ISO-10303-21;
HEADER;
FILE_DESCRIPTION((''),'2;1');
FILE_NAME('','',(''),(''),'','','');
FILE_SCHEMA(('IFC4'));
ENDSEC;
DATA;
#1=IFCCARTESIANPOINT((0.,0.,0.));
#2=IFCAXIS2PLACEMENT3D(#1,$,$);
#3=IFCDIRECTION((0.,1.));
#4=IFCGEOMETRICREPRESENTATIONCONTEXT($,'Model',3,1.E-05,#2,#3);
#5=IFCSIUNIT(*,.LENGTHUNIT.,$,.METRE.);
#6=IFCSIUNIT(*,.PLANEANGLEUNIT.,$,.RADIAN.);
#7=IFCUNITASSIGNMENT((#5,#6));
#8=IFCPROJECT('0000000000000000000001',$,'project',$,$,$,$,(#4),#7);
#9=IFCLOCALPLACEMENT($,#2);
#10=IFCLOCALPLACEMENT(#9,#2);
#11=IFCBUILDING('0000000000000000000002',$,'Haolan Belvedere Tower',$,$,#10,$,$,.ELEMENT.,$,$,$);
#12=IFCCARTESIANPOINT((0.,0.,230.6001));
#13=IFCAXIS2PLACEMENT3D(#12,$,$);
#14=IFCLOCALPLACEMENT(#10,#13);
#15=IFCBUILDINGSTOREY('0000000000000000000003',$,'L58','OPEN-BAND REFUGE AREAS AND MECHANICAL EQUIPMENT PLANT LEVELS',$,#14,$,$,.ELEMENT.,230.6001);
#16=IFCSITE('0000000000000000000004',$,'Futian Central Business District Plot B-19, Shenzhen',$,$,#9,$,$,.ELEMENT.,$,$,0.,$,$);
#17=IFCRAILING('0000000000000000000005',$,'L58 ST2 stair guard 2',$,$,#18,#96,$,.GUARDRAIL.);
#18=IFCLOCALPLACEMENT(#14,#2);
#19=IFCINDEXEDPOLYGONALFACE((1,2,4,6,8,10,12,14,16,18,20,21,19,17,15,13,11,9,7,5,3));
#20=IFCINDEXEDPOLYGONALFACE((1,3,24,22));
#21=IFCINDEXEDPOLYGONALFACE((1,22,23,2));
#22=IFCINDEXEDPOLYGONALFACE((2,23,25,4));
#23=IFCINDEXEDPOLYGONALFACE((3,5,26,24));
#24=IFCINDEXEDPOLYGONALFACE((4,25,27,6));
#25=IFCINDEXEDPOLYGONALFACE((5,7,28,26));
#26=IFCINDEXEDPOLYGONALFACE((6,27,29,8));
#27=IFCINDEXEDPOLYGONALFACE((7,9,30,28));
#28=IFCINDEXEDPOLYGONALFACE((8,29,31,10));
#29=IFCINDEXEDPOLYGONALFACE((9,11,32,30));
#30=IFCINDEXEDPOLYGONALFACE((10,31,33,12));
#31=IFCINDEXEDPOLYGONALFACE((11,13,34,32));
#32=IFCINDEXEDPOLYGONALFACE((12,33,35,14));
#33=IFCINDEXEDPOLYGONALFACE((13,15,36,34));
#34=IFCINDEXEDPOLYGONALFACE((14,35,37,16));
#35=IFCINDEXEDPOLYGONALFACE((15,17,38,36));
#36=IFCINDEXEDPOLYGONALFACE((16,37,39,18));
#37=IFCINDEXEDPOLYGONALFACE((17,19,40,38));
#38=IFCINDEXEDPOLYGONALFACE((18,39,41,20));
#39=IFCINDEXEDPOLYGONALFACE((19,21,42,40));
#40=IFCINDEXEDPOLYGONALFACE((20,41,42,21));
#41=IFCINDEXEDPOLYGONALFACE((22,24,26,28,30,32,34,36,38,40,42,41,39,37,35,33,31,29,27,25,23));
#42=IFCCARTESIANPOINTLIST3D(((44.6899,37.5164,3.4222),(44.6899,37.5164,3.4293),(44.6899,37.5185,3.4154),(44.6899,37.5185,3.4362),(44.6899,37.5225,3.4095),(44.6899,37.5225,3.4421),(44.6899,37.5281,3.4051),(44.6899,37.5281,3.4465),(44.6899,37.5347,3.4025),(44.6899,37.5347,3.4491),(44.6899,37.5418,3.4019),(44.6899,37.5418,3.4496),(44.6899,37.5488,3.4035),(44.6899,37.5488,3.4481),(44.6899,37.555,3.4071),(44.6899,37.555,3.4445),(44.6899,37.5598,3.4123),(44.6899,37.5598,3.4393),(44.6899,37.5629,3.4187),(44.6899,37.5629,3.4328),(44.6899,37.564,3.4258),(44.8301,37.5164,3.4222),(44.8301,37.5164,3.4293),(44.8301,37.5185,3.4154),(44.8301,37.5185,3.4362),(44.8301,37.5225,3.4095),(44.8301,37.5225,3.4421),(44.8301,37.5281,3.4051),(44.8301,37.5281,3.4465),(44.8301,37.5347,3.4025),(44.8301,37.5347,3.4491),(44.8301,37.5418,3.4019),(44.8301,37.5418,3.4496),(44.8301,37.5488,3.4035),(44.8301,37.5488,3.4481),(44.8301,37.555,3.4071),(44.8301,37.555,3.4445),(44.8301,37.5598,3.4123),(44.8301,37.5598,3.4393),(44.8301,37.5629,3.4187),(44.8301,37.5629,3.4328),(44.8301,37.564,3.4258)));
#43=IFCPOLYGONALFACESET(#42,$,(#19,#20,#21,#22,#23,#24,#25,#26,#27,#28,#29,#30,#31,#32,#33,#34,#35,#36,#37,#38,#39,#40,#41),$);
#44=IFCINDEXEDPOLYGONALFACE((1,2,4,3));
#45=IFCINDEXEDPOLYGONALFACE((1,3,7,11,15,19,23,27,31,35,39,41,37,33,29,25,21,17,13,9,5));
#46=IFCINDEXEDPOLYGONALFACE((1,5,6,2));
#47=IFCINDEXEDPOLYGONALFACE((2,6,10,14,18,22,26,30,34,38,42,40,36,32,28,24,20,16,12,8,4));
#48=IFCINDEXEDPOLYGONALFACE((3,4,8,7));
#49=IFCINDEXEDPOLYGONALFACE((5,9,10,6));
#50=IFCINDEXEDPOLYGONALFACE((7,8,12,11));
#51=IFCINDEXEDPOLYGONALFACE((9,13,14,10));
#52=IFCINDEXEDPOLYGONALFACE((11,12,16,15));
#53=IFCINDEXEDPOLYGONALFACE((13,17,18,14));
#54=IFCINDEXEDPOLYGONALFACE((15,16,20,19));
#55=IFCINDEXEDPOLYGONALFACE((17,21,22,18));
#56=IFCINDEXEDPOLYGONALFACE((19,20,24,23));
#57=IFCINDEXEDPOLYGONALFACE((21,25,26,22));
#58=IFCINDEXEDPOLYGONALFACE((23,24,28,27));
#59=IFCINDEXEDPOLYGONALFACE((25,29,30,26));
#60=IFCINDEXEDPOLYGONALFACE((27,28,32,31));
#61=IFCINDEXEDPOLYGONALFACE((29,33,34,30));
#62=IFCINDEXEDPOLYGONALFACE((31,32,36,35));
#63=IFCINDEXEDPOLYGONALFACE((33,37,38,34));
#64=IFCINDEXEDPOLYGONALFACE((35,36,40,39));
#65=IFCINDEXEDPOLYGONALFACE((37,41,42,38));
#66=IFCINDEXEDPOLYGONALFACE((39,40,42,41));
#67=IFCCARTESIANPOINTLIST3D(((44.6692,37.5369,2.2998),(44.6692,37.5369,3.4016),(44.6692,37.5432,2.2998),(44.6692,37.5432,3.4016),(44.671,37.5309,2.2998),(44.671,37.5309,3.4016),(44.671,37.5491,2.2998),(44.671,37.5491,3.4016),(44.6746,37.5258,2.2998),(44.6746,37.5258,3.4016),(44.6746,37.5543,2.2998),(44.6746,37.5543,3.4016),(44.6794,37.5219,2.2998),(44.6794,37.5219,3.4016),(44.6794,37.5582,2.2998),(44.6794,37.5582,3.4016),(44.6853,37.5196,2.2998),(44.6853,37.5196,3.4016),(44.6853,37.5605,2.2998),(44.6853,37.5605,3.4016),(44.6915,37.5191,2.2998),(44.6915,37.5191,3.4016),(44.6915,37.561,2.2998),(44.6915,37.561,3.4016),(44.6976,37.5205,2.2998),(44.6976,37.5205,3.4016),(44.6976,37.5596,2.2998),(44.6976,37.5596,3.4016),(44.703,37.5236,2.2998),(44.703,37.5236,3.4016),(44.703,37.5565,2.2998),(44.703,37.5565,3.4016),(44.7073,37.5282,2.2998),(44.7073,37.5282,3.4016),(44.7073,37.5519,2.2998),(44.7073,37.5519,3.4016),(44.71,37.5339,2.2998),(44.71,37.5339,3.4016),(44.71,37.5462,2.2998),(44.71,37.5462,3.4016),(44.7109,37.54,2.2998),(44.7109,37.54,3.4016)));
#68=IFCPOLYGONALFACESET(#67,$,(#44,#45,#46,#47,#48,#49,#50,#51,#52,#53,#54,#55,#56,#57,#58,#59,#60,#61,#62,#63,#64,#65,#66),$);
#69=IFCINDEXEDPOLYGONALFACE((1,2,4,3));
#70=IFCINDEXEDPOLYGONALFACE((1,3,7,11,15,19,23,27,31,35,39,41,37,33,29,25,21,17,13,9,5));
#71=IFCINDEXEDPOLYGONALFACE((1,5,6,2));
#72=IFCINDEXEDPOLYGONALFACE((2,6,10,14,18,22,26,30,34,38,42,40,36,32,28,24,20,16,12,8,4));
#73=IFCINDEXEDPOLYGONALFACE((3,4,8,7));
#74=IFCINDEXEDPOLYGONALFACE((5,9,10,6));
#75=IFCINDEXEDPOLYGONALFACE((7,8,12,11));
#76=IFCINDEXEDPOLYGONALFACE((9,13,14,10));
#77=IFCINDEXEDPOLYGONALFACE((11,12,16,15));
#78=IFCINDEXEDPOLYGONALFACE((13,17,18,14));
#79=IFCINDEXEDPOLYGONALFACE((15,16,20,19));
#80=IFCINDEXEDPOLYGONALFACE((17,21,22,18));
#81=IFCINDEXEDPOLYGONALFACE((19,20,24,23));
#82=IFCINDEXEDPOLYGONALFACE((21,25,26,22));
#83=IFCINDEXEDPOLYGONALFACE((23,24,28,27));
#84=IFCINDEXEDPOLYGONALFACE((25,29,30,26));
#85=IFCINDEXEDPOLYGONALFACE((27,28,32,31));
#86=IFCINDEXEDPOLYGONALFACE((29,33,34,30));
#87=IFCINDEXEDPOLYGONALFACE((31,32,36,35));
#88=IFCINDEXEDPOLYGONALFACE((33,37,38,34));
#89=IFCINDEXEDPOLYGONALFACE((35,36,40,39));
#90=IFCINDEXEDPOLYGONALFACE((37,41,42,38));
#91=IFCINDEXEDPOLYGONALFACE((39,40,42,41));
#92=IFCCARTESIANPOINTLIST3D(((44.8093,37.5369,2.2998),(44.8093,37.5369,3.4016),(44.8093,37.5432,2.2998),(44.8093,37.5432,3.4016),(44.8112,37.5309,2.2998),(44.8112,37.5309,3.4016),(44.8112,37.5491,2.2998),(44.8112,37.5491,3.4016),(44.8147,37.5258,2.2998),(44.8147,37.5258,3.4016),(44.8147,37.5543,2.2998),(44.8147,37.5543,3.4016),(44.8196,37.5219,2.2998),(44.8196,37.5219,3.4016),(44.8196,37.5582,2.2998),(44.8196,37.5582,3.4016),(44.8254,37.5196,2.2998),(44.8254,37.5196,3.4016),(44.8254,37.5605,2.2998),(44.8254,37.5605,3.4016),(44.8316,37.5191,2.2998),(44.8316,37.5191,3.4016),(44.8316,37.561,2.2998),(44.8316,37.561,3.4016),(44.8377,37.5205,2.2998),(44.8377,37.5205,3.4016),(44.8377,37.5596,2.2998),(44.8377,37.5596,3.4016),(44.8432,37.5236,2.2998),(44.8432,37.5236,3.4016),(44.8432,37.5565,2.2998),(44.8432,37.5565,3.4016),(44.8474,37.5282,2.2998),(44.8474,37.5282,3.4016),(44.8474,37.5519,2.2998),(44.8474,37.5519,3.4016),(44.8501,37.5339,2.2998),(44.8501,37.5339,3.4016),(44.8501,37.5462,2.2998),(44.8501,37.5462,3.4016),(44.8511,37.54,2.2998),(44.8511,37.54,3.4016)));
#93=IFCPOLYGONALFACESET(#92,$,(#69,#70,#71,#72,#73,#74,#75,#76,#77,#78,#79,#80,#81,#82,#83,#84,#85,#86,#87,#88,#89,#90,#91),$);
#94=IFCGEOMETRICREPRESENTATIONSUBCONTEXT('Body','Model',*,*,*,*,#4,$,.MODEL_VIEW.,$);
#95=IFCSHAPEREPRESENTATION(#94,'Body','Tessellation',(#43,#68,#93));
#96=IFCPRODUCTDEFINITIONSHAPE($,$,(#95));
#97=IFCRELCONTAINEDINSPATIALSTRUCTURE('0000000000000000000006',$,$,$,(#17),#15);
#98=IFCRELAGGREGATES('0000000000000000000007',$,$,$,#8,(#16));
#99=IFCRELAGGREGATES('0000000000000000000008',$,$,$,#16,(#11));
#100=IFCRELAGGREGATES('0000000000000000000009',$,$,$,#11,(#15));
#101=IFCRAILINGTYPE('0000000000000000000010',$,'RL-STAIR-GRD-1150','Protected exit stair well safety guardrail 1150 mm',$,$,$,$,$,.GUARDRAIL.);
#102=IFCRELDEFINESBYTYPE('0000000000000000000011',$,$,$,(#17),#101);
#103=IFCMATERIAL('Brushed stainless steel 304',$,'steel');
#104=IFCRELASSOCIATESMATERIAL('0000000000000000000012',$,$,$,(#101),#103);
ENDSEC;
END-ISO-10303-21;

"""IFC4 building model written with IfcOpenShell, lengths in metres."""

from ifc_helpers import new_model, si_unit, direction, frame, origin, origin_2d, place, context, subcontext, project, spatial, circle, extrude, material, type_object, element, save


model = new_model("IFC4")

# Units and contexts
model_context = context("Model", 3, precision=1e-05, world=origin(), true_north=direction((0.0, 1.0)))
body_context = subcontext(model_context, "Body", "Model", "MODEL_VIEW")
ifc_project = project(units=[si_unit("LENGTHUNIT", "METRE"), si_unit("PLANEANGLEUNIT", "RADIAN")], contexts=[model_context])

# Site, building, storey
site_placement = place(None, origin())
site = spatial("IfcSite", under=ifc_project, at=site_placement, Name="Futian Central Business District Plot B-19, Shenzhen", CompositionType="ELEMENT", RefElevation=0.0)
building_placement = place(site_placement, origin())
building = spatial("IfcBuilding", under=site, at=building_placement, Name="Haolan Belvedere Tower", CompositionType="ELEMENT")
storey_placement = place(building_placement, frame((0.0, 0.0, 230.6001)))
storey = spatial("IfcBuildingStorey", under=building, at=storey_placement, Name="L58", Description="OPEN-BAND REFUGE AREAS AND MECHANICAL EQUIPMENT PLANT LEVELS", CompositionType="ELEMENT", Elevation=230.6001)

# Railing
ifc_material_1 = material(Name="Brushed stainless steel 304", Category="steel")
railing_type_1 = type_object("IfcRailingType", Name="RL-STAIR-GRD-1150", Description="Protected exit stair well safety guardrail 1150 mm", PredefinedType="GUARDRAIL", material=ifc_material_1)
railing_1_placement = place(storey_placement, frame((44.6899, 37.54, 2.2998)))
element("IfcRailing", 1, at=railing_1_placement, inside=storey, type_object=railing_type_1, Name="L58 ST2 stair guard 2", PredefinedType="GUARDRAIL", context=body_context, shape_type="SweptSolid", body=[
    extrude(circle(Radius=0.0239, at=origin_2d()), frame((0.0, 0.0, 1.126), z_axis=(1.0, 0.0, 0.0), x_axis=(0.0, 1.0, 0.0)), (0.0, 0.0, 1.0), 0.1401),
    extrude(circle(Radius=0.021, at=origin_2d()), origin(), (0.0, 0.0, 1.0), 1.1018),
    extrude(circle(Radius=0.021, at=origin_2d()), frame((0.1401, 0.0, 0.0)), (0.0, 0.0, 1.0), 1.1018),
])

save(model, "model.ifc")
